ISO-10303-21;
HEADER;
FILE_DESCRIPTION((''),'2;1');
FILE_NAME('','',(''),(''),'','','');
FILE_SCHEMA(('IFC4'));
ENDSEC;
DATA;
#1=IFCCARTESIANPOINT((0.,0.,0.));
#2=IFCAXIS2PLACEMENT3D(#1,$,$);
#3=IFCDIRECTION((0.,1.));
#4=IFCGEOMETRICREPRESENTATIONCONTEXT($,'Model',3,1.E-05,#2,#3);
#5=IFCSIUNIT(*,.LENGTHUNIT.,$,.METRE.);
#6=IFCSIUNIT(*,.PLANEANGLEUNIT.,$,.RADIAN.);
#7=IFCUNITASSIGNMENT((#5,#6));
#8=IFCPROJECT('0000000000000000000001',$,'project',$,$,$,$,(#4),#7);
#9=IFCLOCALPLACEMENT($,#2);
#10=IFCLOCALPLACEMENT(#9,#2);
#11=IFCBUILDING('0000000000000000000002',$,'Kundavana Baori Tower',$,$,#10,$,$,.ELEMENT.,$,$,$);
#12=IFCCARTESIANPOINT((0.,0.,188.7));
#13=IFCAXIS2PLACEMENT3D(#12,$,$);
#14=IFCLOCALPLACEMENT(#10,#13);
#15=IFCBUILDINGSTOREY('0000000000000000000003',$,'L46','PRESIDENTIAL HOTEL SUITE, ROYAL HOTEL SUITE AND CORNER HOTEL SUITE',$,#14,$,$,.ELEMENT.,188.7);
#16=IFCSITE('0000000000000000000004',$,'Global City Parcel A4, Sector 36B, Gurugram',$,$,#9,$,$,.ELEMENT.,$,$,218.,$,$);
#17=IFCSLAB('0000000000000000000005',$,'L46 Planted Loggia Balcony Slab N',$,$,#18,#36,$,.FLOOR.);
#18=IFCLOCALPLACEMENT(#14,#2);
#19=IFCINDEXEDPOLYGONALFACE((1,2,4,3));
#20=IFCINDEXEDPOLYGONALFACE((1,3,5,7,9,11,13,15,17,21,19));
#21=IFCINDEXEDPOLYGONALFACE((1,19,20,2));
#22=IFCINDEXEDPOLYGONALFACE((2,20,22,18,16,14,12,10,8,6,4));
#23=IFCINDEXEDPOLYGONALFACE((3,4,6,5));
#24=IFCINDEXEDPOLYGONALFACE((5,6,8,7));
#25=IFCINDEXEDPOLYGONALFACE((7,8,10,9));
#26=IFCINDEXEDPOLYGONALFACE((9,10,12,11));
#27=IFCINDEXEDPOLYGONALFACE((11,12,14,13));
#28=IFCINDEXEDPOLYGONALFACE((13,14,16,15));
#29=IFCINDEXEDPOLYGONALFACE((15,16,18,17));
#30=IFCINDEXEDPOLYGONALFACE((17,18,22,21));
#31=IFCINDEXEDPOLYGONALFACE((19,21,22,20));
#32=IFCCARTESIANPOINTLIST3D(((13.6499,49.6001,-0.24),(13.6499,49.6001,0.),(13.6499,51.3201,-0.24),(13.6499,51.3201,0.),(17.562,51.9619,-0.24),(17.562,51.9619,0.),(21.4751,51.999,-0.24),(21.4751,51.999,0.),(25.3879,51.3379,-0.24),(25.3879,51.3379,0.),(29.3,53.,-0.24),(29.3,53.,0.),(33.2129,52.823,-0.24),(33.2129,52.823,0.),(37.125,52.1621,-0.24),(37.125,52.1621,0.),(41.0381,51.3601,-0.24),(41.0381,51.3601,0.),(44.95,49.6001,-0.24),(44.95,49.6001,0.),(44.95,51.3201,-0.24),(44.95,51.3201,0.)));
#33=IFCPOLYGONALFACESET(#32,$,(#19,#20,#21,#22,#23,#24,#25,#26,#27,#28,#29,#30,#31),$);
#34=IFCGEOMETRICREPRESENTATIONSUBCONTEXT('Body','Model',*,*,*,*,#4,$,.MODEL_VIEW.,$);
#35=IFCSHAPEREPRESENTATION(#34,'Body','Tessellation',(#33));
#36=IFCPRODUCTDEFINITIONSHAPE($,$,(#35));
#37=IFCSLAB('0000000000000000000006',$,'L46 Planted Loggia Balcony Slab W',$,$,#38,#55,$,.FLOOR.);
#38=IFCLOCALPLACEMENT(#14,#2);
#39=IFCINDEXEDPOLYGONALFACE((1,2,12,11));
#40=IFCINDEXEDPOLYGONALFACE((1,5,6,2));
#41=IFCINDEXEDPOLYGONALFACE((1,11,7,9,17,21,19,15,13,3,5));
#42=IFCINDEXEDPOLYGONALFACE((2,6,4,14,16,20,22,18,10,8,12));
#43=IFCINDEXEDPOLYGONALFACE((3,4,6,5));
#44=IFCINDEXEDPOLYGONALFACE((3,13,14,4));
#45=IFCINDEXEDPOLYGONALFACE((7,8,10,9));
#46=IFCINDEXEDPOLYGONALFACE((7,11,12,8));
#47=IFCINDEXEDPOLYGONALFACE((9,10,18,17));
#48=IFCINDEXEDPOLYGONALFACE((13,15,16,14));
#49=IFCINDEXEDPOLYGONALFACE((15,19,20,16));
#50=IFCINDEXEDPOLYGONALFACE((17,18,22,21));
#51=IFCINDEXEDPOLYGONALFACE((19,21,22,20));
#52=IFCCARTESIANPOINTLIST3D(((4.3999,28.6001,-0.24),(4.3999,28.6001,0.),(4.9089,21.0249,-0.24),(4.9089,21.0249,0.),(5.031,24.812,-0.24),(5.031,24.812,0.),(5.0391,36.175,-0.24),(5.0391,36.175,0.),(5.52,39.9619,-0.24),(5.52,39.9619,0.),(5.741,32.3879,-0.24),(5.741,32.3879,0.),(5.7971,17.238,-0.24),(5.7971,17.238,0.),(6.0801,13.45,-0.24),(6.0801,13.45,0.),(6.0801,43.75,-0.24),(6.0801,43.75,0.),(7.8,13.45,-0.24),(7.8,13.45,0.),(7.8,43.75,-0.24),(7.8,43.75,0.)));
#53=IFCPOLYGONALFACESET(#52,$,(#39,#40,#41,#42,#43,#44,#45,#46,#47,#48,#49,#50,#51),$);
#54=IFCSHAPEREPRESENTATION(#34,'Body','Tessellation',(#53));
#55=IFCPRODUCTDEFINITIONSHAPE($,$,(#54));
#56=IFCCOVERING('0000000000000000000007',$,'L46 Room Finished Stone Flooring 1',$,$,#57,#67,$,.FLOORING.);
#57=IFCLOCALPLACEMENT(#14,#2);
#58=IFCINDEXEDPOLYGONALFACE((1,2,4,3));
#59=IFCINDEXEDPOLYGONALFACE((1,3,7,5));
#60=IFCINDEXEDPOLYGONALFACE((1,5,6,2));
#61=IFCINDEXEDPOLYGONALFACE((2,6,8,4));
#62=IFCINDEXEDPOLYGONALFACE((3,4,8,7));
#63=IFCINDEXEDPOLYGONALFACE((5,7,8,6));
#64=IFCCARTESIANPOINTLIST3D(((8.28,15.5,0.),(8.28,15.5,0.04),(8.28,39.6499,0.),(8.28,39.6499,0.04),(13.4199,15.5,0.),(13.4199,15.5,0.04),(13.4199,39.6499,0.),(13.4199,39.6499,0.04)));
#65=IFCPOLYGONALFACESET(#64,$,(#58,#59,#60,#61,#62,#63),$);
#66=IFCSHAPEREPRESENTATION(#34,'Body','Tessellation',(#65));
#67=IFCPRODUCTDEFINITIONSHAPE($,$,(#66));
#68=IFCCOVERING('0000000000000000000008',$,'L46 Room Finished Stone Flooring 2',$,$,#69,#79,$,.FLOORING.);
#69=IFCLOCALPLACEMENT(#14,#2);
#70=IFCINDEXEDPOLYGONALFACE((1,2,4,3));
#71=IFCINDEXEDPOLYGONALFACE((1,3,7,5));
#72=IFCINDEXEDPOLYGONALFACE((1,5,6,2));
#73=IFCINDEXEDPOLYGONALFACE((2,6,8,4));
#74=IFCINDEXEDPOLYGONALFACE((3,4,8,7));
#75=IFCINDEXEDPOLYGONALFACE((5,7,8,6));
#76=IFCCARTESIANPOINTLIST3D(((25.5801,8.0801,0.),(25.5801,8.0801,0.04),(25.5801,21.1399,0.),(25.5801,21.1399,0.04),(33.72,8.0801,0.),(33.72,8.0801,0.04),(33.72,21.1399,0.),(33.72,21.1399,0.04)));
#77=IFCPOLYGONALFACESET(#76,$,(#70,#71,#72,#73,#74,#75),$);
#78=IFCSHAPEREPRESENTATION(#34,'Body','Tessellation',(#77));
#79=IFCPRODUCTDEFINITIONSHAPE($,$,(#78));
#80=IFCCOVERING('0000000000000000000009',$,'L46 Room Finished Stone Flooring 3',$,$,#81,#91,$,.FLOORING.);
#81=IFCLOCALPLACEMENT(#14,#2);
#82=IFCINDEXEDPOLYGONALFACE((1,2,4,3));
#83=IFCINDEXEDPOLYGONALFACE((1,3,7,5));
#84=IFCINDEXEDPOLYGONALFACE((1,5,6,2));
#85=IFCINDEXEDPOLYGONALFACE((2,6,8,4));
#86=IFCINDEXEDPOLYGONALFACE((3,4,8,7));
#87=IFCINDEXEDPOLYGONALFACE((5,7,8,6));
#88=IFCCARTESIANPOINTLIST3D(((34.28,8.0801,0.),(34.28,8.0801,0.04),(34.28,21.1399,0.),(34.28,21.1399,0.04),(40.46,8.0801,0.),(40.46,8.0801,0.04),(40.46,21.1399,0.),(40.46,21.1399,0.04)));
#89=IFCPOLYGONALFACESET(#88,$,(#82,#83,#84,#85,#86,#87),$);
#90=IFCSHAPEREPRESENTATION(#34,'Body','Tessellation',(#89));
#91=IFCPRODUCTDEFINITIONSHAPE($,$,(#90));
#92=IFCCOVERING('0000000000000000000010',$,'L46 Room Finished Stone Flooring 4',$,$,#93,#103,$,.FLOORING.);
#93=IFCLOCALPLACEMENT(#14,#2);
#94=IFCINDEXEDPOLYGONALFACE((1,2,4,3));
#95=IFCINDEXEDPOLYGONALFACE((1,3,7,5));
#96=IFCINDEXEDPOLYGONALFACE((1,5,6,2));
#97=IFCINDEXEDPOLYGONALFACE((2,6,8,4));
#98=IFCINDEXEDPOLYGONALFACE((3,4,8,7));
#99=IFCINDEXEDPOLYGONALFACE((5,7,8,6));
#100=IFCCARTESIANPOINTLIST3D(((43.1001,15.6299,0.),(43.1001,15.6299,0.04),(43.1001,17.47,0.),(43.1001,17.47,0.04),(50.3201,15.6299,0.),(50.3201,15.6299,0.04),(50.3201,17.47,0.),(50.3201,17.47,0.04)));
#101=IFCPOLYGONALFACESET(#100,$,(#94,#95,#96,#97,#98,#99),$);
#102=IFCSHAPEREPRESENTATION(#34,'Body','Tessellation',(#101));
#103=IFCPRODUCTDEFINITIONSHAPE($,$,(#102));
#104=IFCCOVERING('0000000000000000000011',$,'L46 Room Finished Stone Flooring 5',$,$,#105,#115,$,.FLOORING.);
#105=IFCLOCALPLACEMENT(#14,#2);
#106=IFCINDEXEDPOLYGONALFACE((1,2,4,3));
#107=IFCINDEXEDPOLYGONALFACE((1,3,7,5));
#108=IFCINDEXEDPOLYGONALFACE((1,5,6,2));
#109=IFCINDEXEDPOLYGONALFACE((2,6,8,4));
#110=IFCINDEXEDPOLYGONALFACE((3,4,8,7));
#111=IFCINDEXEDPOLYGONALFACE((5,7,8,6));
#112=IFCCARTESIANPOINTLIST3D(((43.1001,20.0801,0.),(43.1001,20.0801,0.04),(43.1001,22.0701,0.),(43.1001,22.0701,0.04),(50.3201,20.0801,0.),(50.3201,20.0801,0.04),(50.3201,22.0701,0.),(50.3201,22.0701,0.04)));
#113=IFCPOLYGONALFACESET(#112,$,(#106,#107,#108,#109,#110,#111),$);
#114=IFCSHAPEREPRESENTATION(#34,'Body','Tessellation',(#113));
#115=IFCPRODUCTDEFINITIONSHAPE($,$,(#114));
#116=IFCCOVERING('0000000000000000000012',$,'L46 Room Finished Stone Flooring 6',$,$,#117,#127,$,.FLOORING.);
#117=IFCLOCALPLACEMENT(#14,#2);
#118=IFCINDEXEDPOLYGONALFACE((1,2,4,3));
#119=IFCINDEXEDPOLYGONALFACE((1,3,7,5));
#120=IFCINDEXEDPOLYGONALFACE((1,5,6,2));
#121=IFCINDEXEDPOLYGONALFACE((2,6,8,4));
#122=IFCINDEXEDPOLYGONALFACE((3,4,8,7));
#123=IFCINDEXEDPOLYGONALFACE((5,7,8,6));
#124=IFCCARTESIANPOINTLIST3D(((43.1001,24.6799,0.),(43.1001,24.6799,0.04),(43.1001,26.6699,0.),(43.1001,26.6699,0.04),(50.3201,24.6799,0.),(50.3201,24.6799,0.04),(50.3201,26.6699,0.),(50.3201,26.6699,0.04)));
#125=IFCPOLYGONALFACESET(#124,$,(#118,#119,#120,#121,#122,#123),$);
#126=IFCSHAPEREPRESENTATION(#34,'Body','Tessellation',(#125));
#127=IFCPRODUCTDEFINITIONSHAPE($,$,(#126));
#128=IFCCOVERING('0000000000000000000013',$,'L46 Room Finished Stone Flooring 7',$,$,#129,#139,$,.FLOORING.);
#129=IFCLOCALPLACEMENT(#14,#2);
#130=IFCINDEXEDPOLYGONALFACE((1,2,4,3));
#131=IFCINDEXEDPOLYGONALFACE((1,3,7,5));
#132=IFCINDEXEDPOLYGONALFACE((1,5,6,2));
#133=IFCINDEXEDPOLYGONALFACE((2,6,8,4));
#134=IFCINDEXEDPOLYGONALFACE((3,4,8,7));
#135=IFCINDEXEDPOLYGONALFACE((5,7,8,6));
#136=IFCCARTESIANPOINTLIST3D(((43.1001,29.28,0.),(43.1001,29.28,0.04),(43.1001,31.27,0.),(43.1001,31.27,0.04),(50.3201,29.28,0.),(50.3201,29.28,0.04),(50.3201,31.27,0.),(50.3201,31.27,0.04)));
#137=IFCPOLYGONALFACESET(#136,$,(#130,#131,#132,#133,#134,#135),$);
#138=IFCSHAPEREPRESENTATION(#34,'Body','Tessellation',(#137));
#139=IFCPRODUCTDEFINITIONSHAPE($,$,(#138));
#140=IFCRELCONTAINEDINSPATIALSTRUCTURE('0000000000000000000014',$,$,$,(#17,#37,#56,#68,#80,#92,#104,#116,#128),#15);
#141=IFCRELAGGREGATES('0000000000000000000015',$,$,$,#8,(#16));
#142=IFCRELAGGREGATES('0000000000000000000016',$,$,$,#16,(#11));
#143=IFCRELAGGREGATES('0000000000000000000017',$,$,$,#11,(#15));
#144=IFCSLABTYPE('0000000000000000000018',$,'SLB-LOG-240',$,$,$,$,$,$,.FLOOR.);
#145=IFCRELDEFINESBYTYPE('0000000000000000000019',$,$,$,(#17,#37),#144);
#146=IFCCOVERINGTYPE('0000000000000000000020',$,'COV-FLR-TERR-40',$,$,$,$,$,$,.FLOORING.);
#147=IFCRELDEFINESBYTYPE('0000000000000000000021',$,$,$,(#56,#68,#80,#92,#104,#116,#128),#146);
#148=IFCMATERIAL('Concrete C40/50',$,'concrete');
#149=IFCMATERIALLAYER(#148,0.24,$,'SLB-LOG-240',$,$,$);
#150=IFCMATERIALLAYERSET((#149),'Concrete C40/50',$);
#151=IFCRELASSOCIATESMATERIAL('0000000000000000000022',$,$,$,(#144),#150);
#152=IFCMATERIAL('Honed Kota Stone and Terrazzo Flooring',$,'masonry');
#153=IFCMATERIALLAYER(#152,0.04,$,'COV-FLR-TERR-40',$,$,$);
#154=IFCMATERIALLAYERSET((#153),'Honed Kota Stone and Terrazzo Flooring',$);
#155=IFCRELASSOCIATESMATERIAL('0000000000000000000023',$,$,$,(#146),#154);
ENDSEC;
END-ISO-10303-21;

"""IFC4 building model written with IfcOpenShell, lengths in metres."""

from ifc_helpers import new_model, si_unit, direction, frame, origin, place, context, subcontext, project, spatial, polyline, outline, extrude, material, layer, layer_set, type_object, element, save


model = new_model("IFC4")

# Units and contexts
model_context = context("Model", 3, precision=1e-05, world=origin(), true_north=direction((0.0, 1.0)))
body_context = subcontext(model_context, "Body", "Model", "MODEL_VIEW")
ifc_project = project(units=[si_unit("LENGTHUNIT", "METRE"), si_unit("PLANEANGLEUNIT", "RADIAN")], contexts=[model_context])

# Site, building, storey
site_placement = place(None, origin())
site = spatial("IfcSite", under=ifc_project, at=site_placement, Name="Global City Parcel A4, Sector 36B, Gurugram", CompositionType="ELEMENT", RefElevation=218.0)
building_placement = place(site_placement, origin())
building = spatial("IfcBuilding", under=site, at=building_placement, Name="Kundavana Baori Tower", CompositionType="ELEMENT")
storey_placement = place(building_placement, frame((0.0, 0.0, 188.7)))
storey = spatial("IfcBuildingStorey", under=building, at=storey_placement, Name="L46", Description="PRESIDENTIAL HOTEL SUITE, ROYAL HOTEL SUITE AND CORNER HOTEL SUITE", CompositionType="ELEMENT", Elevation=188.7)

# Slabs
ifc_material_1 = material(Name="Concrete C40/50", Category="concrete")
ifc_layer_1 = layer(ifc_material_1, 0.24, Name="SLB-LOG-240")
ifc_layer_set_1 = layer_set([ifc_layer_1], Name="Concrete C40/50")
slab_type_1 = type_object("IfcSlabType", Name="SLB-LOG-240", PredefinedType="FLOOR", material=ifc_layer_set_1)
slab_1_placement = place(storey_placement, frame((0.0, 0.0, -0.24)))
element("IfcSlab", 1, at=slab_1_placement, inside=storey, type_object=slab_type_1, Name="L46 Planted Loggia Balcony Slab N", PredefinedType="FLOOR", context=body_context, shape_type="SweptSolid", body=[
    extrude(outline(polyline([(44.95, 49.6001), (13.6499, 49.6001), (13.6499, 51.3201), (17.562, 51.9619), (21.4751, 51.999), (25.3879, 51.3379), (29.3, 53.0), (33.2129, 52.823), (37.125, 52.1621), (41.0381, 51.3601), (44.95, 51.3201), (44.95, 49.6001)])), origin(), (0.0, 0.0, 1.0), 0.24),
])
slab_2_placement = place(storey_placement, frame((0.0, 0.0, -0.24)))
element("IfcSlab", 2, at=slab_2_placement, inside=storey, type_object=slab_type_1, Name="L46 Planted Loggia Balcony Slab W", PredefinedType="FLOOR", context=body_context, shape_type="SweptSolid", body=[
    extrude(outline(polyline([(7.8, 43.75), (7.8, 13.45), (6.0801, 13.45), (5.7971, 17.238), (4.9089, 21.0249), (5.031, 24.812), (4.3999, 28.6001), (5.741, 32.3879), (5.0391, 36.175), (5.52, 39.9619), (6.0801, 43.75), (7.8, 43.75)])), origin(), (0.0, 0.0, 1.0), 0.24),
])

# Coverings
ifc_material_2 = material(Name="Honed Kota Stone and Terrazzo Flooring", Category="masonry")
ifc_layer_2 = layer(ifc_material_2, 0.04, Name="COV-FLR-TERR-40")
ifc_layer_set_2 = layer_set([ifc_layer_2], Name="Honed Kota Stone and Terrazzo Flooring")
covering_type = type_object("IfcCoveringType", Name="COV-FLR-TERR-40", PredefinedType="FLOORING", material=ifc_layer_set_2)
covering_1_placement = place(storey_placement, origin())
element("IfcCovering", 3, at=covering_1_placement, inside=storey, type_object=covering_type, Name="L46 Room Finished Stone Flooring 1", PredefinedType="FLOORING", context=body_context, shape_type="SweptSolid", body=[
    extrude(outline(polyline([(8.28, 15.5), (13.4199, 15.5), (13.4199, 39.6499), (8.28, 39.6499), (8.28, 15.5)])), origin(), (0.0, 0.0, 1.0), 0.04),
])
covering_2_placement = place(storey_placement, origin())
element("IfcCovering", 4, at=covering_2_placement, inside=storey, type_object=covering_type, Name="L46 Room Finished Stone Flooring 2", PredefinedType="FLOORING", context=body_context, shape_type="SweptSolid", body=[
    extrude(outline(polyline([(25.5801, 8.0801), (33.72, 8.0801), (33.72, 21.1399), (25.5801, 21.1399), (25.5801, 8.0801)])), origin(), (0.0, 0.0, 1.0), 0.04),
])
covering_3_placement = place(storey_placement, origin())
element("IfcCovering", 5, at=covering_3_placement, inside=storey, type_object=covering_type, Name="L46 Room Finished Stone Flooring 3", PredefinedType="FLOORING", context=body_context, shape_type="SweptSolid", body=[
    extrude(outline(polyline([(34.28, 8.0801), (40.46, 8.0801), (40.46, 21.1399), (34.28, 21.1399), (34.28, 8.0801)])), origin(), (0.0, 0.0, 1.0), 0.04),
])
covering_4_placement = place(storey_placement, origin())
element("IfcCovering", 6, at=covering_4_placement, inside=storey, type_object=covering_type, Name="L46 Room Finished Stone Flooring 4", PredefinedType="FLOORING", context=body_context, shape_type="SweptSolid", body=[
    extrude(outline(polyline([(43.1001, 15.6299), (50.3201, 15.6299), (50.3201, 17.47), (43.1001, 17.47), (43.1001, 15.6299)])), origin(), (0.0, 0.0, 1.0), 0.04),
])
covering_5_placement = place(storey_placement, origin())
element("IfcCovering", 7, at=covering_5_placement, inside=storey, type_object=covering_type, Name="L46 Room Finished Stone Flooring 5", PredefinedType="FLOORING", context=body_context, shape_type="SweptSolid", body=[
    extrude(outline(polyline([(43.1001, 20.0801), (50.3201, 20.0801), (50.3201, 22.0701), (43.1001, 22.0701), (43.1001, 20.0801)])), origin(), (0.0, 0.0, 1.0), 0.04),
])
covering_6_placement = place(storey_placement, origin())
element("IfcCovering", 8, at=covering_6_placement, inside=storey, type_object=covering_type, Name="L46 Room Finished Stone Flooring 6", PredefinedType="FLOORING", context=body_context, shape_type="SweptSolid", body=[
    extrude(outline(polyline([(43.1001, 24.6799), (50.3201, 24.6799), (50.3201, 26.6699), (43.1001, 26.6699), (43.1001, 24.6799)])), origin(), (0.0, 0.0, 1.0), 0.04),
])
covering_7_placement = place(storey_placement, origin())
element("IfcCovering", 9, at=covering_7_placement, inside=storey, type_object=covering_type, Name="L46 Room Finished Stone Flooring 7", PredefinedType="FLOORING", context=body_context, shape_type="SweptSolid", body=[
    extrude(outline(polyline([(43.1001, 29.28), (50.3201, 29.28), (50.3201, 31.27), (43.1001, 31.27), (43.1001, 29.28)])), origin(), (0.0, 0.0, 1.0), 0.04),
])

save(model, "model.ifc")
